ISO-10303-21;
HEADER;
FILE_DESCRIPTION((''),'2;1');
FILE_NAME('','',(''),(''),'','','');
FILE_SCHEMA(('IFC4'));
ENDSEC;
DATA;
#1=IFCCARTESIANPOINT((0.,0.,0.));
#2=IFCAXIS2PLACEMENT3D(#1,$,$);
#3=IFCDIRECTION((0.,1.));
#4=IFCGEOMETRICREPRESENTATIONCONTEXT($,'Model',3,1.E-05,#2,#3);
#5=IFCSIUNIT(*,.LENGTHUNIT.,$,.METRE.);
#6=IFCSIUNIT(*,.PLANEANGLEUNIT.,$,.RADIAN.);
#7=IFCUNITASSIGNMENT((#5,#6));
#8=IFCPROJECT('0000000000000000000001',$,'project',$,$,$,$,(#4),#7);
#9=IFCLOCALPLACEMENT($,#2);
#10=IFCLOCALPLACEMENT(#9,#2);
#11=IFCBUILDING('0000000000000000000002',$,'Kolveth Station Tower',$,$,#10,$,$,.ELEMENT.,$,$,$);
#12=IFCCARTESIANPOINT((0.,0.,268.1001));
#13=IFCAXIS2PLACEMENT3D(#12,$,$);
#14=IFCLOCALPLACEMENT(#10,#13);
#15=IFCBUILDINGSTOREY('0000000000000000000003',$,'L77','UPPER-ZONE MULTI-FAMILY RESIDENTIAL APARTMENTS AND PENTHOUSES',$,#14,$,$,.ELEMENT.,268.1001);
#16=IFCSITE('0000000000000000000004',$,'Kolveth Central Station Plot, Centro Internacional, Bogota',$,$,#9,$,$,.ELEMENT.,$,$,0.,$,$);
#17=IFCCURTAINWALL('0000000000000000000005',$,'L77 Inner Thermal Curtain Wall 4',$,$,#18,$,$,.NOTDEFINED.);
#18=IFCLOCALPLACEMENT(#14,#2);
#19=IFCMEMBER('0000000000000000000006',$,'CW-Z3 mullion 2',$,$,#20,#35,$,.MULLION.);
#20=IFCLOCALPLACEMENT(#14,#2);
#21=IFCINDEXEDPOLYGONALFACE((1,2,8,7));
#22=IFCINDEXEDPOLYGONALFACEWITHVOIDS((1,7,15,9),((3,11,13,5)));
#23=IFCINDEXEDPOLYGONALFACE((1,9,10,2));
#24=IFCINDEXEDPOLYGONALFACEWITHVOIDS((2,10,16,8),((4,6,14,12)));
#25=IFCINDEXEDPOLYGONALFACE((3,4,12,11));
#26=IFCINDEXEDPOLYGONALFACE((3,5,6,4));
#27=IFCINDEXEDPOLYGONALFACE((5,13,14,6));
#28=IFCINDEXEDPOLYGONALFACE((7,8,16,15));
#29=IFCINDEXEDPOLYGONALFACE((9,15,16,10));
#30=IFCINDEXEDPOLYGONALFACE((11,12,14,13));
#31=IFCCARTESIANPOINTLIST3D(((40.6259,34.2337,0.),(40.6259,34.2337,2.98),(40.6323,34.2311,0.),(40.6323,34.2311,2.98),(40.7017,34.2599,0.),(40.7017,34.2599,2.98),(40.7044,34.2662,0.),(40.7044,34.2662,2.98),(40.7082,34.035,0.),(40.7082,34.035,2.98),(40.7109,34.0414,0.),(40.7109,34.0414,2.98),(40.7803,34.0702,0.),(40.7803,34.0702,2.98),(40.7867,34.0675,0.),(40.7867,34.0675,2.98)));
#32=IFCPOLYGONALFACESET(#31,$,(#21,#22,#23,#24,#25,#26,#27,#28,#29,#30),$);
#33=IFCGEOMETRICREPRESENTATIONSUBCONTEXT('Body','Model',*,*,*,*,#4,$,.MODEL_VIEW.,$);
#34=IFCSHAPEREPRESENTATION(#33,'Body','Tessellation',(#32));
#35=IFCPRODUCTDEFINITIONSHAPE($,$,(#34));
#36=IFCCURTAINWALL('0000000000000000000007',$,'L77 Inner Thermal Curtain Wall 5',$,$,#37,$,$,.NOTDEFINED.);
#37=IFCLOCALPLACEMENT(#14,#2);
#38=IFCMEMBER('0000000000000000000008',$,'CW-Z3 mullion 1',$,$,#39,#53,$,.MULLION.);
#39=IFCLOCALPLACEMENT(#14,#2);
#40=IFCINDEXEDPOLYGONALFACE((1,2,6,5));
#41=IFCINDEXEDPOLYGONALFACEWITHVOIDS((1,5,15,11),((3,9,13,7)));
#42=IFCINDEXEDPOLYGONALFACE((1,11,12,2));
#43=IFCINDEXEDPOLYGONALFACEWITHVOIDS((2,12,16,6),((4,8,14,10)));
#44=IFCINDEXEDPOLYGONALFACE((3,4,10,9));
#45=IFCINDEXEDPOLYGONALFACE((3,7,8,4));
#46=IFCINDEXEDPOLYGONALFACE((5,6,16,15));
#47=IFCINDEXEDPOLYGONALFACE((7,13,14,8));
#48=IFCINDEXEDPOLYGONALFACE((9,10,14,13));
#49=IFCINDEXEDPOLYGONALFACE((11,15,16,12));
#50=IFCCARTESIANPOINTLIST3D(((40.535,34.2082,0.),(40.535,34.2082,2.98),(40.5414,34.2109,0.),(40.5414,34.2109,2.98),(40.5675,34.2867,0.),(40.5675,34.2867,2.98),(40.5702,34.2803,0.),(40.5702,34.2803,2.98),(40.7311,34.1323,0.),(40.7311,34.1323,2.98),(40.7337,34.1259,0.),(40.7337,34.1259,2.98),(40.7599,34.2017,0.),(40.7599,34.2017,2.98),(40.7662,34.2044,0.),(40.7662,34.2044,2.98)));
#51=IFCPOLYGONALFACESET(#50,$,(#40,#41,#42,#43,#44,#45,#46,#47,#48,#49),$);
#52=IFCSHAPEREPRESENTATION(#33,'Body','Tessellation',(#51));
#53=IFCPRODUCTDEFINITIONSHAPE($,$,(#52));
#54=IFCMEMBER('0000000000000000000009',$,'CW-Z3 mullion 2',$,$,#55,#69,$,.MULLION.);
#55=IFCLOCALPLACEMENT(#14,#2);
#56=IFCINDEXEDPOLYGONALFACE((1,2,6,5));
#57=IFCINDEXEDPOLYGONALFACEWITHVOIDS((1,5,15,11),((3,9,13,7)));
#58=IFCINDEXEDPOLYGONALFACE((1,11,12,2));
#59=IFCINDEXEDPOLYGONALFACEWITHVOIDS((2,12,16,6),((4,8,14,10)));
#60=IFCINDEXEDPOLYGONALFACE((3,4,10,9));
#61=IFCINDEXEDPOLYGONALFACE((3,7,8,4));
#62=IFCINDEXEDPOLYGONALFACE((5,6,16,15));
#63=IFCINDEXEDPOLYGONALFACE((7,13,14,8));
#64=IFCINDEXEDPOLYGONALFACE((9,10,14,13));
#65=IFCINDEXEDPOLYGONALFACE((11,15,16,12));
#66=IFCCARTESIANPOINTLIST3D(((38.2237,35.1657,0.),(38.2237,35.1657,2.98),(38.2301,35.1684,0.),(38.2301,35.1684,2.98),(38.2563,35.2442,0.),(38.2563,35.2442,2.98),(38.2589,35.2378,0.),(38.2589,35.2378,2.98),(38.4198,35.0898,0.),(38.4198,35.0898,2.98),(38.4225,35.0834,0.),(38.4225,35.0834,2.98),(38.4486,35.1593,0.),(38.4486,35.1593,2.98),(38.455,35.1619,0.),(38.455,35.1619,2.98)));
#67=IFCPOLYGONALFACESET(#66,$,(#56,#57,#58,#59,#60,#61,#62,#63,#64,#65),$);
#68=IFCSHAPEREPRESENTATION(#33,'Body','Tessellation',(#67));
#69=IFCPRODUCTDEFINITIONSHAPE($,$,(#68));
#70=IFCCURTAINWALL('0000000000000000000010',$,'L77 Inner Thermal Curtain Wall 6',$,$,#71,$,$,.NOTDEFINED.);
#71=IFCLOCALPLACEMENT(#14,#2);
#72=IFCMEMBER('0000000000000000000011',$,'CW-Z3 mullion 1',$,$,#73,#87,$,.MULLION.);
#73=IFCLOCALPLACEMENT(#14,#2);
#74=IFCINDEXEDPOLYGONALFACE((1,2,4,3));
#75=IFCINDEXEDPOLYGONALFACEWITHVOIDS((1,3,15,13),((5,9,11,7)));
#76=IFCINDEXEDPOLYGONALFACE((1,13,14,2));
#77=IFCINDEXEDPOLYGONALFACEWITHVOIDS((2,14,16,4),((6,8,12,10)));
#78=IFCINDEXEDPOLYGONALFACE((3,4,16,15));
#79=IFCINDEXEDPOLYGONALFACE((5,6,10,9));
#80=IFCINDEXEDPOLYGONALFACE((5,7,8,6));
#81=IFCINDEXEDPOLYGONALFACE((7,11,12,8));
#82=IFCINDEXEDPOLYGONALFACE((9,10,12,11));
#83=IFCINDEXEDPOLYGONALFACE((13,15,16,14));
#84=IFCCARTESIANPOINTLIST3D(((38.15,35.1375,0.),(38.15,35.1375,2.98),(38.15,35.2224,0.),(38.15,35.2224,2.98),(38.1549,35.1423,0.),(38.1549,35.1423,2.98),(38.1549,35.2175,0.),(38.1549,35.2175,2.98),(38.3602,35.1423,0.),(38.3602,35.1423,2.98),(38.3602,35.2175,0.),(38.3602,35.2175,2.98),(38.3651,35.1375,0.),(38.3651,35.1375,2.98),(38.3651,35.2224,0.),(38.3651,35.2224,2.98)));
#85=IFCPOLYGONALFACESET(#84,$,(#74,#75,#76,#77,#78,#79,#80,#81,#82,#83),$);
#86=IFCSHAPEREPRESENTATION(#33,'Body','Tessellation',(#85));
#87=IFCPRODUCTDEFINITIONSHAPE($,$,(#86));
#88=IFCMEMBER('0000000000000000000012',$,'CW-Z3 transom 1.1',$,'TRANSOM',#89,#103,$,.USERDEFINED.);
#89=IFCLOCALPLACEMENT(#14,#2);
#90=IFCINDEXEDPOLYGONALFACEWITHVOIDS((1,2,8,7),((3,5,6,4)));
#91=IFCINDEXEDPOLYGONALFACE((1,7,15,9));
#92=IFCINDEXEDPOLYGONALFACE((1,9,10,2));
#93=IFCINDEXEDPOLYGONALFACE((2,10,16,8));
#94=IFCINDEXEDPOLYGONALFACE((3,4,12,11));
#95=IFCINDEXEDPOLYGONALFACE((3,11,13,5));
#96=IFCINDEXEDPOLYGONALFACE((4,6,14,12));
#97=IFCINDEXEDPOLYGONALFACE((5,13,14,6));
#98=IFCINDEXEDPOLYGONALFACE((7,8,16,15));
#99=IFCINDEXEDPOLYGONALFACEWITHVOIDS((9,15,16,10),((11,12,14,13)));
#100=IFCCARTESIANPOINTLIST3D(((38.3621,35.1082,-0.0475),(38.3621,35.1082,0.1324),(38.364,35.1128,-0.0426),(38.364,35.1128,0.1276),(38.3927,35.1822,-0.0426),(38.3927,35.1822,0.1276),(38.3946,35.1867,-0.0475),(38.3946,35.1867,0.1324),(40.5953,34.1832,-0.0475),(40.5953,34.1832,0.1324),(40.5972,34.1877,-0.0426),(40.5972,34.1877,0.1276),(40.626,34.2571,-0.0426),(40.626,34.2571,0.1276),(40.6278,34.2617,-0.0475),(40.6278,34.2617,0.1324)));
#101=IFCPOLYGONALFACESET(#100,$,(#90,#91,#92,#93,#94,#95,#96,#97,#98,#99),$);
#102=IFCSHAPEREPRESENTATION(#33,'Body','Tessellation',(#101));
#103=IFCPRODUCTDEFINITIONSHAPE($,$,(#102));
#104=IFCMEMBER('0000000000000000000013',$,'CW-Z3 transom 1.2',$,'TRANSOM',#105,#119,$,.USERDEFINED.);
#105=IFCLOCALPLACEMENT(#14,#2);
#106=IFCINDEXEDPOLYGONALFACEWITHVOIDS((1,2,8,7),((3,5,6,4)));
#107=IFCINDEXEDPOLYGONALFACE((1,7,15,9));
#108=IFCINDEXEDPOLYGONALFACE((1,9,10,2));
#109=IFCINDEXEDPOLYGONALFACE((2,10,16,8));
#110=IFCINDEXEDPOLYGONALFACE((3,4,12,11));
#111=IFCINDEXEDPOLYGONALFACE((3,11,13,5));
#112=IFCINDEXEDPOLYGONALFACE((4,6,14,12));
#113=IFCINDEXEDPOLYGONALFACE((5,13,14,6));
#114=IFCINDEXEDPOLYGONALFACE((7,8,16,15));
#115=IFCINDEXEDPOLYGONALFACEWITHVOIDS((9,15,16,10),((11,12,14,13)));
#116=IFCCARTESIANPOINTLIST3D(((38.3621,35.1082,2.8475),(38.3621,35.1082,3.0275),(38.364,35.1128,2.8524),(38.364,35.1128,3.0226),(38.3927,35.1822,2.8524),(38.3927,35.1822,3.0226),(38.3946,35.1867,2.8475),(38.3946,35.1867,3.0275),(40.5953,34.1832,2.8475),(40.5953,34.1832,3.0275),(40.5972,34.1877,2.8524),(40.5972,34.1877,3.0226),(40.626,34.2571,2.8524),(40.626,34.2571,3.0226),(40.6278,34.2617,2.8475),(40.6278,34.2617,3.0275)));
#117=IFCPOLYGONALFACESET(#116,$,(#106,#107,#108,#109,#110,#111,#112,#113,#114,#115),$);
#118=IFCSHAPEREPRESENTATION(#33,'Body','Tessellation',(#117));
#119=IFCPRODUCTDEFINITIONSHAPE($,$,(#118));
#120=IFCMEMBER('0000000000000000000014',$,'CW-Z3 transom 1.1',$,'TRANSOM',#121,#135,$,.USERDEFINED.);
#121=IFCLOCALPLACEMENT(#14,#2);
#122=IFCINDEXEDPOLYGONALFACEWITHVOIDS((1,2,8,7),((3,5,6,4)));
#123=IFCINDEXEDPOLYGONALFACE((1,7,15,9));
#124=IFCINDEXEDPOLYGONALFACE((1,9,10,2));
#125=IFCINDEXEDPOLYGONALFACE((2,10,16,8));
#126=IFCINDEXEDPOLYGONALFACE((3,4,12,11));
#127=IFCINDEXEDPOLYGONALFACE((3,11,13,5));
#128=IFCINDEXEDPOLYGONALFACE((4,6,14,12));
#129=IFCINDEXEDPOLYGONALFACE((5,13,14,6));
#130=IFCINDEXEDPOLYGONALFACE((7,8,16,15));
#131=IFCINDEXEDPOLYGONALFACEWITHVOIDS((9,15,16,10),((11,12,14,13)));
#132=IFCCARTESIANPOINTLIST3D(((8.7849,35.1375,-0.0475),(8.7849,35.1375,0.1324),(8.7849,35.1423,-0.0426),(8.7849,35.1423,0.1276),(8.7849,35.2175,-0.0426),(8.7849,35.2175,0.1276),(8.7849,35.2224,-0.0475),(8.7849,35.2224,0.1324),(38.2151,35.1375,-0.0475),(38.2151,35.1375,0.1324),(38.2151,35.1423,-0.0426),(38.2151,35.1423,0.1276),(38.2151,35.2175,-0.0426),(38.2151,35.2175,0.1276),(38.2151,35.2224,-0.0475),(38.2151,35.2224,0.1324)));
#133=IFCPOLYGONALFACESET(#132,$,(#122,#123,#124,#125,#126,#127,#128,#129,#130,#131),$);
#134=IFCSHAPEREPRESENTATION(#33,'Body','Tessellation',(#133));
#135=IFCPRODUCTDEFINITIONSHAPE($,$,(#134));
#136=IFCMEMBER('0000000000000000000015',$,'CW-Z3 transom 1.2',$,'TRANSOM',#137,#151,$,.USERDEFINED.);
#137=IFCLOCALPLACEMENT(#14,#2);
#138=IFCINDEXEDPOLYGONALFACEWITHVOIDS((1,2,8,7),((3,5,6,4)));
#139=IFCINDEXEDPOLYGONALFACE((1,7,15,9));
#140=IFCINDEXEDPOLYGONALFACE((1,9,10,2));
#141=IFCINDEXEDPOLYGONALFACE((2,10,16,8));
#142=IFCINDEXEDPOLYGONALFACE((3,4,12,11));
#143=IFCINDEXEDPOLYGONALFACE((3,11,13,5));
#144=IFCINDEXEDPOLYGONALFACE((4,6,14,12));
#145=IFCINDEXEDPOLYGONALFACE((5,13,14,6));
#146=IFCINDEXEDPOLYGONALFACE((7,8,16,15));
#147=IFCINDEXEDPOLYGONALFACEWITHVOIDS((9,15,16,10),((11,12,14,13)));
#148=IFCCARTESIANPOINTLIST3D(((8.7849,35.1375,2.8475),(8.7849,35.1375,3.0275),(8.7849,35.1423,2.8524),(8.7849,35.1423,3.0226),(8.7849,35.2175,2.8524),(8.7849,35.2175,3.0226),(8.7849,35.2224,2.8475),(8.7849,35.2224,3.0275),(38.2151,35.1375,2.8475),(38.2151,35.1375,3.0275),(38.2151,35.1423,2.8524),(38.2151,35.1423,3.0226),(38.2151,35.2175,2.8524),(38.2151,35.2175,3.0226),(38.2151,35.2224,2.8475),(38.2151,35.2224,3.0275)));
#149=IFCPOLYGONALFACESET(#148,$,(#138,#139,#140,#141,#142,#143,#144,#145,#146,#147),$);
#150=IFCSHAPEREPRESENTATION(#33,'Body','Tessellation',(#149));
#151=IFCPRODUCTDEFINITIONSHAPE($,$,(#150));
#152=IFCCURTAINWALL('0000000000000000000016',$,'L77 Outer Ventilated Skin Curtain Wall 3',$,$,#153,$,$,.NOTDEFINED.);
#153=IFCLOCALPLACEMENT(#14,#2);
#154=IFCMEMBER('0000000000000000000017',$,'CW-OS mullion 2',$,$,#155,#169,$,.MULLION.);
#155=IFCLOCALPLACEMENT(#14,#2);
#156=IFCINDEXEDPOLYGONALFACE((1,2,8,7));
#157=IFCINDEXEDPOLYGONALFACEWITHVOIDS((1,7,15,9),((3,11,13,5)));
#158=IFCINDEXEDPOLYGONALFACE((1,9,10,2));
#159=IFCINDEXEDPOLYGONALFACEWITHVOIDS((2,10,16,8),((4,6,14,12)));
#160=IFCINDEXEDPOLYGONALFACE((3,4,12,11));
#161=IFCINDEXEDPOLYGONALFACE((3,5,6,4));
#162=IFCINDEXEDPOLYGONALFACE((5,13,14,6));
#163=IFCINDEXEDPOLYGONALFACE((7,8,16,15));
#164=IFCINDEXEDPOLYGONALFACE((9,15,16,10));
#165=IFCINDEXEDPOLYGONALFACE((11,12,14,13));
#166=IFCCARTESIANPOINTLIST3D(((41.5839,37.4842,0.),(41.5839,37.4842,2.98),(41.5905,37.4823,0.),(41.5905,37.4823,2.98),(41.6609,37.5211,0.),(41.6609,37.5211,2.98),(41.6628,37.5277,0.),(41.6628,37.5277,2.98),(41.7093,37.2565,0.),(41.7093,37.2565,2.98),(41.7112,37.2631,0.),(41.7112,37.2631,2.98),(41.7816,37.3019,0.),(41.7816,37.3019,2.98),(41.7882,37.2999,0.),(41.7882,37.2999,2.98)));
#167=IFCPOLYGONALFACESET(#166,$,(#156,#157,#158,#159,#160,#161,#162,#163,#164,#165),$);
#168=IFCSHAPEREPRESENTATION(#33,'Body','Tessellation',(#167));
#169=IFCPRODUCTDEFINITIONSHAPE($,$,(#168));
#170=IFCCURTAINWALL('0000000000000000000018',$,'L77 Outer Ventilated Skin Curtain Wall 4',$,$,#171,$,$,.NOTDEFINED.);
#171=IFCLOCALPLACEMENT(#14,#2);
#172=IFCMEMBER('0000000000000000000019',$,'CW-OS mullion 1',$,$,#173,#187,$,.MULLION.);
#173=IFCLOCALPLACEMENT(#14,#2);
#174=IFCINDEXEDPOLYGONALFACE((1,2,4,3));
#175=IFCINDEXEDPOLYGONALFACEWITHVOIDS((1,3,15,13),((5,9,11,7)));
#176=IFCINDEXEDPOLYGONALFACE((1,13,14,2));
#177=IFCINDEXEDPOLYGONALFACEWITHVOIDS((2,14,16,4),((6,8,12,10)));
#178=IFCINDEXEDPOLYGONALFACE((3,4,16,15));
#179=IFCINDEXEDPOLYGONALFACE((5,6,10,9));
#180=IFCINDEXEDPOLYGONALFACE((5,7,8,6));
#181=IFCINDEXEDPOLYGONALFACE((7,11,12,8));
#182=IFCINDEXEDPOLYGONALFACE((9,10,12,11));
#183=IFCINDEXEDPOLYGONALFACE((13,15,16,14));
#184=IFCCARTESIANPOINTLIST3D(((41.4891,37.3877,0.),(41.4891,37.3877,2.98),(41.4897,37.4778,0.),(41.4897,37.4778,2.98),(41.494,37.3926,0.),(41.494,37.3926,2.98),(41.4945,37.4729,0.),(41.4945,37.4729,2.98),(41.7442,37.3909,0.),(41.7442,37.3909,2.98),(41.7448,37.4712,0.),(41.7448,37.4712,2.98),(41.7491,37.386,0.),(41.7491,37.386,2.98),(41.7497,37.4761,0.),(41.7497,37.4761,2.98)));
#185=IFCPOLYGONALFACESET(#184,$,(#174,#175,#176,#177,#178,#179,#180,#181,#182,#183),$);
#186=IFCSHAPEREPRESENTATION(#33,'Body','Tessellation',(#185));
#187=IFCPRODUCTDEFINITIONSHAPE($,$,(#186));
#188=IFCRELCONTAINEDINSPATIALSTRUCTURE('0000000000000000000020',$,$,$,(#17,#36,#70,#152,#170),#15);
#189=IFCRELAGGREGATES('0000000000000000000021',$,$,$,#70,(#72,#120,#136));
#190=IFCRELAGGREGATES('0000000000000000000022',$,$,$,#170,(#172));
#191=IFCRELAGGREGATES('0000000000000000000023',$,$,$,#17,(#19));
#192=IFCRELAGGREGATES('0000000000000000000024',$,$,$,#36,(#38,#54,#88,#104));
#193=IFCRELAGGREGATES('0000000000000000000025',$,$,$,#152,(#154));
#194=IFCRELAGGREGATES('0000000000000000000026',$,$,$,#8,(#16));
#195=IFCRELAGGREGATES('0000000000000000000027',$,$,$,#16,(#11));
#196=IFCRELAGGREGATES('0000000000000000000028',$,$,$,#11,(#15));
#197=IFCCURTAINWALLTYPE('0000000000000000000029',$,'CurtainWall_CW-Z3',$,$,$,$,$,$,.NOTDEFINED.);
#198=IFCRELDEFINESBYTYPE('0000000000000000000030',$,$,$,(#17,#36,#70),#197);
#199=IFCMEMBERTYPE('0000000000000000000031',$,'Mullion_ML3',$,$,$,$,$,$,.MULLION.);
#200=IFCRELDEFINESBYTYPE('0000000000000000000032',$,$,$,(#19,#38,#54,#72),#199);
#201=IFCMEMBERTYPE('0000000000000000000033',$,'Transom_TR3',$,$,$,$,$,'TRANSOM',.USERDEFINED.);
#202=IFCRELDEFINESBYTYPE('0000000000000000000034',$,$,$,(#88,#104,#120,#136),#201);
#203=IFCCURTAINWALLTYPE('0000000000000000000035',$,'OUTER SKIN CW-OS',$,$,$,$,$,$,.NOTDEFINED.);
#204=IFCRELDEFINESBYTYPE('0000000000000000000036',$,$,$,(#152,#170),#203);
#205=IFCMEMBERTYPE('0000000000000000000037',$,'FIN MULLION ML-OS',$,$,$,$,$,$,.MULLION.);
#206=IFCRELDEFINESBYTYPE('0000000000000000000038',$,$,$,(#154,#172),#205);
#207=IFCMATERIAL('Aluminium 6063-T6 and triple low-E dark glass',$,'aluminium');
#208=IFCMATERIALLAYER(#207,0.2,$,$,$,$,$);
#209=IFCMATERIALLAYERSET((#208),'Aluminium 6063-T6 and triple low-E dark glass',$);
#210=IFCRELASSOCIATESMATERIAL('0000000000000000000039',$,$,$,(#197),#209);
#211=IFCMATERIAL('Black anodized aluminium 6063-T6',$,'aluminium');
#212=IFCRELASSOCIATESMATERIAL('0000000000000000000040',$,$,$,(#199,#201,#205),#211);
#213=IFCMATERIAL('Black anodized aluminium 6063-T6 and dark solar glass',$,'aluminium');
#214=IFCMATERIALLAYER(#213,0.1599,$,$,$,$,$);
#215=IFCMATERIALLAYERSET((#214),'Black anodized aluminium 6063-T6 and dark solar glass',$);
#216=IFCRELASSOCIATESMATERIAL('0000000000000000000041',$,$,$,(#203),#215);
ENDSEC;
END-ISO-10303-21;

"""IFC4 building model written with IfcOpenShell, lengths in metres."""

from ifc_helpers import new_model, si_unit, direction, frame, origin, origin_2d, place, context, subcontext, project, spatial, hollow_rectangle, extrude, source, transform, mapped, material, layer, layer_set, material_profile, profile_set, type_object, element, aggregate, save


model = new_model("IFC4")

# Units and contexts
model_context = context("Model", 3, precision=1e-05, world=origin(), true_north=direction((0.0, 1.0)))
body_context = subcontext(model_context, "Body", "Model", "MODEL_VIEW")
ifc_project = project(units=[si_unit("LENGTHUNIT", "METRE"), si_unit("PLANEANGLEUNIT", "RADIAN")], contexts=[model_context])

# Site, building, storey
site_placement = place(None, origin())
site = spatial("IfcSite", under=ifc_project, at=site_placement, Name="Kolveth Central Station Plot, Centro Internacional, Bogota", CompositionType="ELEMENT", RefElevation=0.0)
building_placement = place(site_placement, origin())
building = spatial("IfcBuilding", under=site, at=building_placement, Name="Kolveth Station Tower", CompositionType="ELEMENT")
storey_placement = place(building_placement, frame((0.0, 0.0, 268.1001)))
storey = spatial("IfcBuildingStorey", under=building, at=storey_placement, Name="L77", Description="UPPER-ZONE MULTI-FAMILY RESIDENTIAL APARTMENTS AND PENTHOUSES", CompositionType="ELEMENT", Elevation=268.1001)

# Curtain wall, member
ifc_material_1 = material(Name="Aluminium 6063-T6 and triple low-E dark glass", Category="aluminium")
ifc_layer_1 = layer(ifc_material_1, 0.2)
ifc_layer_set_1 = layer_set([ifc_layer_1], Name="Aluminium 6063-T6 and triple low-E dark glass")
curtain_wall_type_1 = type_object("IfcCurtainWallType", Name="CurtainWall_CW-Z3", PredefinedType="NOTDEFINED", material=ifc_layer_set_1)
curtain_wall_1_placement = place(storey_placement, origin())
curtain_wall_1 = element("IfcCurtainWall", 1, at=curtain_wall_1_placement, inside=storey, type_object=curtain_wall_type_1, Name="L77 Inner Thermal Curtain Wall 4", PredefinedType="NOTDEFINED")
ifc_material_2 = material(Name="Black anodized aluminium 6063-T6", Category="aluminium")
ifc_material_profile_1 = material_profile(ifc_material_2, hollow_rectangle(XDim=0.085, YDim=0.2151, WallThickness=0.0049, at=origin_2d()), Name="ALU-85x215x5")
ifc_profile_set_1 = profile_set([ifc_material_profile_1], Name="Black anodized aluminium 6063-T6")
member_type_1 = type_object("IfcMemberType", Name="Mullion_ML3", PredefinedType="MULLION", material=ifc_profile_set_1)
shared_shape_1 = source(origin(), body_context, "Body", "SweptSolid", [
    extrude(hollow_rectangle(XDim=0.085, YDim=0.2151, WallThickness=0.0049, at=origin_2d()), origin(), (0.0, 0.0, 1.0), 2.98),
])
member_1_placement = place(storey_placement, frame((40.7063, 34.1506, 0.0), z_axis=(0.0, 0.0, 1.0), x_axis=(-0.923875, -0.382693, 0.0)))
member_1 = element("IfcMember", 2, at=member_1_placement, type_object=member_type_1, Name="CW-Z3 mullion 2", PredefinedType="MULLION", context=body_context, shape_type="MappedRepresentation", body=[
    mapped(shared_shape_1, transform((0.0, 0.0, 0.0), x_axis=(1.0, 0.0, 0.0), y_axis=(0.0, 1.0, 0.0), z_axis=(0.0, 0.0, 1.0), scale=1.0)),
])

# Curtain wall, members
curtain_wall_2_placement = place(storey_placement, origin())
curtain_wall_2 = element("IfcCurtainWall", 3, at=curtain_wall_2_placement, inside=storey, type_object=curtain_wall_type_1, Name="L77 Inner Thermal Curtain Wall 5", PredefinedType="NOTDEFINED")
member_2_placement = place(storey_placement, frame((40.6506, 34.2063, 0.0), z_axis=(0.0, 0.0, 1.0), x_axis=(-0.382693, -0.923875, 0.0)))
member_2 = element("IfcMember", 4, at=member_2_placement, type_object=member_type_1, Name="CW-Z3 mullion 1", PredefinedType="MULLION", context=body_context, shape_type="MappedRepresentation", body=[
    mapped(shared_shape_1, transform((0.0, 0.0, 0.0), x_axis=(1.0, 0.0, 0.0), y_axis=(0.0, 1.0, 0.0), z_axis=(0.0, 0.0, 1.0), scale=1.0)),
])
member_3_placement = place(storey_placement, frame((38.3394, 35.1638, 0.0), z_axis=(0.0, 0.0, 1.0), x_axis=(-0.382693, -0.923875, 0.0)))
member_3 = element("IfcMember", 5, at=member_3_placement, type_object=member_type_1, Name="CW-Z3 mullion 2", PredefinedType="MULLION", context=body_context, shape_type="MappedRepresentation", body=[
    mapped(shared_shape_1, transform((0.0, 0.0, 0.0), x_axis=(1.0, 0.0, 0.0), y_axis=(0.0, 1.0, 0.0), z_axis=(0.0, 0.0, 1.0), scale=1.0)),
])

# Curtain wall, member
curtain_wall_3_placement = place(storey_placement, origin())
curtain_wall_3 = element("IfcCurtainWall", 6, at=curtain_wall_3_placement, inside=storey, type_object=curtain_wall_type_1, Name="L77 Inner Thermal Curtain Wall 6", PredefinedType="NOTDEFINED")
member_4_placement = place(storey_placement, frame((38.2576, 35.1799, 0.0), z_axis=(0.0, 0.0, 1.0), x_axis=(0.0, -1.0, 0.0)))
member_4 = element("IfcMember", 7, at=member_4_placement, type_object=member_type_1, Name="CW-Z3 mullion 1", PredefinedType="MULLION", context=body_context, shape_type="MappedRepresentation", body=[
    mapped(shared_shape_1, transform((0.0, 0.0, 0.0), x_axis=(1.0, 0.0, 0.0), y_axis=(0.0, 1.0, 0.0), z_axis=(0.0, 0.0, 1.0), scale=1.0)),
])

# Members
ifc_material_profile_2 = material_profile(ifc_material_2, hollow_rectangle(XDim=0.085, YDim=0.1799, WallThickness=0.0049, at=origin_2d()), Name="ALU-85x180x5")
ifc_profile_set_2 = profile_set([ifc_material_profile_2], Name="Black anodized aluminium 6063-T6")
member_type_2 = type_object("IfcMemberType", Name="Transom_TR3", ElementType="TRANSOM", PredefinedType="USERDEFINED", material=ifc_profile_set_2)
shared_shape_2 = source(origin(), body_context, "Body", "SweptSolid", [
    extrude(hollow_rectangle(XDim=0.085, YDim=0.1799, WallThickness=0.0049, at=origin_2d()), origin(), (0.0, 0.0, 1.0), 2.4172),
])
member_5_placement = place(storey_placement, frame((40.6116, 34.2224, 0.0425), z_axis=(-0.923873, 0.3827, 0.0), x_axis=(-0.3827, -0.923873, 0.0)))
member_5 = element("IfcMember", 8, at=member_5_placement, type_object=member_type_2, Name="CW-Z3 transom 1.1", ObjectType="TRANSOM", PredefinedType="USERDEFINED", context=body_context, shape_type="MappedRepresentation", body=[
    mapped(shared_shape_2, transform((0.0, 0.0, 0.0), x_axis=(1.0, 0.0, 0.0), y_axis=(0.0, 1.0, 0.0), z_axis=(0.0, 0.0, 1.0), scale=1.0)),
])
member_6_placement = place(storey_placement, frame((40.6116, 34.2224, 2.9375), z_axis=(-0.923873, 0.3827, 0.0), x_axis=(-0.3827, -0.923873, 0.0)))
member_6 = element("IfcMember", 9, at=member_6_placement, type_object=member_type_2, Name="CW-Z3 transom 1.2", ObjectType="TRANSOM", PredefinedType="USERDEFINED", context=body_context, shape_type="MappedRepresentation", body=[
    mapped(shared_shape_2, transform((0.0, 0.0, 0.0), x_axis=(1.0, 0.0, 0.0), y_axis=(0.0, 1.0, 0.0), z_axis=(0.0, 0.0, 1.0), scale=1.0)),
])
shared_shape_3 = source(origin(), body_context, "Body", "SweptSolid", [
    extrude(hollow_rectangle(XDim=0.085, YDim=0.1799, WallThickness=0.0049, at=origin_2d()), origin(), (0.0, 0.0, 1.0), 29.4302),
])
member_7_placement = place(storey_placement, frame((38.2151, 35.1799, 0.0425), z_axis=(-1.0, 0.0, 0.0), x_axis=(0.0, -1.0, 0.0)))
member_7 = element("IfcMember", 10, at=member_7_placement, type_object=member_type_2, Name="CW-Z3 transom 1.1", ObjectType="TRANSOM", PredefinedType="USERDEFINED", context=body_context, shape_type="MappedRepresentation", body=[
    mapped(shared_shape_3, transform((0.0, 0.0, 0.0), x_axis=(1.0, 0.0, 0.0), y_axis=(0.0, 1.0, 0.0), z_axis=(0.0, 0.0, 1.0), scale=1.0)),
])
member_8_placement = place(storey_placement, frame((38.2151, 35.1799, 2.9375), z_axis=(-1.0, 0.0, 0.0), x_axis=(0.0, -1.0, 0.0)))
member_8 = element("IfcMember", 11, at=member_8_placement, type_object=member_type_2, Name="CW-Z3 transom 1.2", ObjectType="TRANSOM", PredefinedType="USERDEFINED", context=body_context, shape_type="MappedRepresentation", body=[
    mapped(shared_shape_3, transform((0.0, 0.0, 0.0), x_axis=(1.0, 0.0, 0.0), y_axis=(0.0, 1.0, 0.0), z_axis=(0.0, 0.0, 1.0), scale=1.0)),
])
aggregate(curtain_wall_3, [member_4, member_7, member_8])

# Curtain walls, members
ifc_material_3 = material(Name="Black anodized aluminium 6063-T6 and dark solar glass", Category="aluminium")
ifc_layer_2 = layer(ifc_material_3, 0.1599)
ifc_layer_set_2 = layer_set([ifc_layer_2], Name="Black anodized aluminium 6063-T6 and dark solar glass")
curtain_wall_type_2 = type_object("IfcCurtainWallType", Name="OUTER SKIN CW-OS", PredefinedType="NOTDEFINED", material=ifc_layer_set_2)
curtain_wall_4_placement = place(storey_placement, origin())
curtain_wall_4 = element("IfcCurtainWall", 12, at=curtain_wall_4_placement, inside=storey, type_object=curtain_wall_type_2, Name="L77 Outer Ventilated Skin Curtain Wall 3", PredefinedType="NOTDEFINED")
ifc_material_profile_3 = material_profile(ifc_material_2, hollow_rectangle(XDim=0.0901, YDim=0.26, WallThickness=0.0049, at=origin_2d()), Name="ALU-90x260x5")
ifc_profile_set_3 = profile_set([ifc_material_profile_3], Name="Black anodized aluminium 6063-T6")
member_type_3 = type_object("IfcMemberType", Name="FIN MULLION ML-OS", PredefinedType="MULLION", material=ifc_profile_set_3)
shared_shape_4 = source(origin(), body_context, "Body", "SweptSolid", [
    extrude(hollow_rectangle(XDim=0.0901, YDim=0.26, WallThickness=0.0049, at=origin_2d()), origin(), (0.0, 0.0, 1.0), 2.98),
])
member_9_placement = place(storey_placement, frame((41.686, 37.3921, 0.0), z_axis=(0.0, 0.0, 1.0), x_axis=(-0.875996, -0.482318, 0.0)))
member_9 = element("IfcMember", 13, at=member_9_placement, type_object=member_type_3, Name="CW-OS mullion 2", PredefinedType="MULLION", context=body_context, shape_type="MappedRepresentation", body=[
    mapped(shared_shape_4, transform((0.0, 0.0, 0.0), x_axis=(1.0, 0.0, 0.0), y_axis=(0.0, 1.0, 0.0), z_axis=(0.0, 0.0, 1.0), scale=1.0)),
])
curtain_wall_5_placement = place(storey_placement, origin())
curtain_wall_5 = element("IfcCurtainWall", 14, at=curtain_wall_5_placement, inside=storey, type_object=curtain_wall_type_2, Name="L77 Outer Ventilated Skin Curtain Wall 4", PredefinedType="NOTDEFINED")
member_10_placement = place(storey_placement, frame((41.6194, 37.4319, 0.0), z_axis=(0.0, 0.0, 1.0), x_axis=(-0.006677, -0.999978, 0.0)))
member_10 = element("IfcMember", 15, at=member_10_placement, type_object=member_type_3, Name="CW-OS mullion 1", PredefinedType="MULLION", context=body_context, shape_type="MappedRepresentation", body=[
    mapped(shared_shape_4, transform((0.0, 0.0, 0.0), x_axis=(1.0, 0.0, 0.0), y_axis=(0.0, 1.0, 0.0), z_axis=(0.0, 0.0, 1.0), scale=1.0)),
])

aggregate(curtain_wall_5, [member_10])

aggregate(curtain_wall_1, [member_1])
aggregate(curtain_wall_2, [member_2, member_3, member_5, member_6])
aggregate(curtain_wall_4, [member_9])

save(model, "model.ifc")
